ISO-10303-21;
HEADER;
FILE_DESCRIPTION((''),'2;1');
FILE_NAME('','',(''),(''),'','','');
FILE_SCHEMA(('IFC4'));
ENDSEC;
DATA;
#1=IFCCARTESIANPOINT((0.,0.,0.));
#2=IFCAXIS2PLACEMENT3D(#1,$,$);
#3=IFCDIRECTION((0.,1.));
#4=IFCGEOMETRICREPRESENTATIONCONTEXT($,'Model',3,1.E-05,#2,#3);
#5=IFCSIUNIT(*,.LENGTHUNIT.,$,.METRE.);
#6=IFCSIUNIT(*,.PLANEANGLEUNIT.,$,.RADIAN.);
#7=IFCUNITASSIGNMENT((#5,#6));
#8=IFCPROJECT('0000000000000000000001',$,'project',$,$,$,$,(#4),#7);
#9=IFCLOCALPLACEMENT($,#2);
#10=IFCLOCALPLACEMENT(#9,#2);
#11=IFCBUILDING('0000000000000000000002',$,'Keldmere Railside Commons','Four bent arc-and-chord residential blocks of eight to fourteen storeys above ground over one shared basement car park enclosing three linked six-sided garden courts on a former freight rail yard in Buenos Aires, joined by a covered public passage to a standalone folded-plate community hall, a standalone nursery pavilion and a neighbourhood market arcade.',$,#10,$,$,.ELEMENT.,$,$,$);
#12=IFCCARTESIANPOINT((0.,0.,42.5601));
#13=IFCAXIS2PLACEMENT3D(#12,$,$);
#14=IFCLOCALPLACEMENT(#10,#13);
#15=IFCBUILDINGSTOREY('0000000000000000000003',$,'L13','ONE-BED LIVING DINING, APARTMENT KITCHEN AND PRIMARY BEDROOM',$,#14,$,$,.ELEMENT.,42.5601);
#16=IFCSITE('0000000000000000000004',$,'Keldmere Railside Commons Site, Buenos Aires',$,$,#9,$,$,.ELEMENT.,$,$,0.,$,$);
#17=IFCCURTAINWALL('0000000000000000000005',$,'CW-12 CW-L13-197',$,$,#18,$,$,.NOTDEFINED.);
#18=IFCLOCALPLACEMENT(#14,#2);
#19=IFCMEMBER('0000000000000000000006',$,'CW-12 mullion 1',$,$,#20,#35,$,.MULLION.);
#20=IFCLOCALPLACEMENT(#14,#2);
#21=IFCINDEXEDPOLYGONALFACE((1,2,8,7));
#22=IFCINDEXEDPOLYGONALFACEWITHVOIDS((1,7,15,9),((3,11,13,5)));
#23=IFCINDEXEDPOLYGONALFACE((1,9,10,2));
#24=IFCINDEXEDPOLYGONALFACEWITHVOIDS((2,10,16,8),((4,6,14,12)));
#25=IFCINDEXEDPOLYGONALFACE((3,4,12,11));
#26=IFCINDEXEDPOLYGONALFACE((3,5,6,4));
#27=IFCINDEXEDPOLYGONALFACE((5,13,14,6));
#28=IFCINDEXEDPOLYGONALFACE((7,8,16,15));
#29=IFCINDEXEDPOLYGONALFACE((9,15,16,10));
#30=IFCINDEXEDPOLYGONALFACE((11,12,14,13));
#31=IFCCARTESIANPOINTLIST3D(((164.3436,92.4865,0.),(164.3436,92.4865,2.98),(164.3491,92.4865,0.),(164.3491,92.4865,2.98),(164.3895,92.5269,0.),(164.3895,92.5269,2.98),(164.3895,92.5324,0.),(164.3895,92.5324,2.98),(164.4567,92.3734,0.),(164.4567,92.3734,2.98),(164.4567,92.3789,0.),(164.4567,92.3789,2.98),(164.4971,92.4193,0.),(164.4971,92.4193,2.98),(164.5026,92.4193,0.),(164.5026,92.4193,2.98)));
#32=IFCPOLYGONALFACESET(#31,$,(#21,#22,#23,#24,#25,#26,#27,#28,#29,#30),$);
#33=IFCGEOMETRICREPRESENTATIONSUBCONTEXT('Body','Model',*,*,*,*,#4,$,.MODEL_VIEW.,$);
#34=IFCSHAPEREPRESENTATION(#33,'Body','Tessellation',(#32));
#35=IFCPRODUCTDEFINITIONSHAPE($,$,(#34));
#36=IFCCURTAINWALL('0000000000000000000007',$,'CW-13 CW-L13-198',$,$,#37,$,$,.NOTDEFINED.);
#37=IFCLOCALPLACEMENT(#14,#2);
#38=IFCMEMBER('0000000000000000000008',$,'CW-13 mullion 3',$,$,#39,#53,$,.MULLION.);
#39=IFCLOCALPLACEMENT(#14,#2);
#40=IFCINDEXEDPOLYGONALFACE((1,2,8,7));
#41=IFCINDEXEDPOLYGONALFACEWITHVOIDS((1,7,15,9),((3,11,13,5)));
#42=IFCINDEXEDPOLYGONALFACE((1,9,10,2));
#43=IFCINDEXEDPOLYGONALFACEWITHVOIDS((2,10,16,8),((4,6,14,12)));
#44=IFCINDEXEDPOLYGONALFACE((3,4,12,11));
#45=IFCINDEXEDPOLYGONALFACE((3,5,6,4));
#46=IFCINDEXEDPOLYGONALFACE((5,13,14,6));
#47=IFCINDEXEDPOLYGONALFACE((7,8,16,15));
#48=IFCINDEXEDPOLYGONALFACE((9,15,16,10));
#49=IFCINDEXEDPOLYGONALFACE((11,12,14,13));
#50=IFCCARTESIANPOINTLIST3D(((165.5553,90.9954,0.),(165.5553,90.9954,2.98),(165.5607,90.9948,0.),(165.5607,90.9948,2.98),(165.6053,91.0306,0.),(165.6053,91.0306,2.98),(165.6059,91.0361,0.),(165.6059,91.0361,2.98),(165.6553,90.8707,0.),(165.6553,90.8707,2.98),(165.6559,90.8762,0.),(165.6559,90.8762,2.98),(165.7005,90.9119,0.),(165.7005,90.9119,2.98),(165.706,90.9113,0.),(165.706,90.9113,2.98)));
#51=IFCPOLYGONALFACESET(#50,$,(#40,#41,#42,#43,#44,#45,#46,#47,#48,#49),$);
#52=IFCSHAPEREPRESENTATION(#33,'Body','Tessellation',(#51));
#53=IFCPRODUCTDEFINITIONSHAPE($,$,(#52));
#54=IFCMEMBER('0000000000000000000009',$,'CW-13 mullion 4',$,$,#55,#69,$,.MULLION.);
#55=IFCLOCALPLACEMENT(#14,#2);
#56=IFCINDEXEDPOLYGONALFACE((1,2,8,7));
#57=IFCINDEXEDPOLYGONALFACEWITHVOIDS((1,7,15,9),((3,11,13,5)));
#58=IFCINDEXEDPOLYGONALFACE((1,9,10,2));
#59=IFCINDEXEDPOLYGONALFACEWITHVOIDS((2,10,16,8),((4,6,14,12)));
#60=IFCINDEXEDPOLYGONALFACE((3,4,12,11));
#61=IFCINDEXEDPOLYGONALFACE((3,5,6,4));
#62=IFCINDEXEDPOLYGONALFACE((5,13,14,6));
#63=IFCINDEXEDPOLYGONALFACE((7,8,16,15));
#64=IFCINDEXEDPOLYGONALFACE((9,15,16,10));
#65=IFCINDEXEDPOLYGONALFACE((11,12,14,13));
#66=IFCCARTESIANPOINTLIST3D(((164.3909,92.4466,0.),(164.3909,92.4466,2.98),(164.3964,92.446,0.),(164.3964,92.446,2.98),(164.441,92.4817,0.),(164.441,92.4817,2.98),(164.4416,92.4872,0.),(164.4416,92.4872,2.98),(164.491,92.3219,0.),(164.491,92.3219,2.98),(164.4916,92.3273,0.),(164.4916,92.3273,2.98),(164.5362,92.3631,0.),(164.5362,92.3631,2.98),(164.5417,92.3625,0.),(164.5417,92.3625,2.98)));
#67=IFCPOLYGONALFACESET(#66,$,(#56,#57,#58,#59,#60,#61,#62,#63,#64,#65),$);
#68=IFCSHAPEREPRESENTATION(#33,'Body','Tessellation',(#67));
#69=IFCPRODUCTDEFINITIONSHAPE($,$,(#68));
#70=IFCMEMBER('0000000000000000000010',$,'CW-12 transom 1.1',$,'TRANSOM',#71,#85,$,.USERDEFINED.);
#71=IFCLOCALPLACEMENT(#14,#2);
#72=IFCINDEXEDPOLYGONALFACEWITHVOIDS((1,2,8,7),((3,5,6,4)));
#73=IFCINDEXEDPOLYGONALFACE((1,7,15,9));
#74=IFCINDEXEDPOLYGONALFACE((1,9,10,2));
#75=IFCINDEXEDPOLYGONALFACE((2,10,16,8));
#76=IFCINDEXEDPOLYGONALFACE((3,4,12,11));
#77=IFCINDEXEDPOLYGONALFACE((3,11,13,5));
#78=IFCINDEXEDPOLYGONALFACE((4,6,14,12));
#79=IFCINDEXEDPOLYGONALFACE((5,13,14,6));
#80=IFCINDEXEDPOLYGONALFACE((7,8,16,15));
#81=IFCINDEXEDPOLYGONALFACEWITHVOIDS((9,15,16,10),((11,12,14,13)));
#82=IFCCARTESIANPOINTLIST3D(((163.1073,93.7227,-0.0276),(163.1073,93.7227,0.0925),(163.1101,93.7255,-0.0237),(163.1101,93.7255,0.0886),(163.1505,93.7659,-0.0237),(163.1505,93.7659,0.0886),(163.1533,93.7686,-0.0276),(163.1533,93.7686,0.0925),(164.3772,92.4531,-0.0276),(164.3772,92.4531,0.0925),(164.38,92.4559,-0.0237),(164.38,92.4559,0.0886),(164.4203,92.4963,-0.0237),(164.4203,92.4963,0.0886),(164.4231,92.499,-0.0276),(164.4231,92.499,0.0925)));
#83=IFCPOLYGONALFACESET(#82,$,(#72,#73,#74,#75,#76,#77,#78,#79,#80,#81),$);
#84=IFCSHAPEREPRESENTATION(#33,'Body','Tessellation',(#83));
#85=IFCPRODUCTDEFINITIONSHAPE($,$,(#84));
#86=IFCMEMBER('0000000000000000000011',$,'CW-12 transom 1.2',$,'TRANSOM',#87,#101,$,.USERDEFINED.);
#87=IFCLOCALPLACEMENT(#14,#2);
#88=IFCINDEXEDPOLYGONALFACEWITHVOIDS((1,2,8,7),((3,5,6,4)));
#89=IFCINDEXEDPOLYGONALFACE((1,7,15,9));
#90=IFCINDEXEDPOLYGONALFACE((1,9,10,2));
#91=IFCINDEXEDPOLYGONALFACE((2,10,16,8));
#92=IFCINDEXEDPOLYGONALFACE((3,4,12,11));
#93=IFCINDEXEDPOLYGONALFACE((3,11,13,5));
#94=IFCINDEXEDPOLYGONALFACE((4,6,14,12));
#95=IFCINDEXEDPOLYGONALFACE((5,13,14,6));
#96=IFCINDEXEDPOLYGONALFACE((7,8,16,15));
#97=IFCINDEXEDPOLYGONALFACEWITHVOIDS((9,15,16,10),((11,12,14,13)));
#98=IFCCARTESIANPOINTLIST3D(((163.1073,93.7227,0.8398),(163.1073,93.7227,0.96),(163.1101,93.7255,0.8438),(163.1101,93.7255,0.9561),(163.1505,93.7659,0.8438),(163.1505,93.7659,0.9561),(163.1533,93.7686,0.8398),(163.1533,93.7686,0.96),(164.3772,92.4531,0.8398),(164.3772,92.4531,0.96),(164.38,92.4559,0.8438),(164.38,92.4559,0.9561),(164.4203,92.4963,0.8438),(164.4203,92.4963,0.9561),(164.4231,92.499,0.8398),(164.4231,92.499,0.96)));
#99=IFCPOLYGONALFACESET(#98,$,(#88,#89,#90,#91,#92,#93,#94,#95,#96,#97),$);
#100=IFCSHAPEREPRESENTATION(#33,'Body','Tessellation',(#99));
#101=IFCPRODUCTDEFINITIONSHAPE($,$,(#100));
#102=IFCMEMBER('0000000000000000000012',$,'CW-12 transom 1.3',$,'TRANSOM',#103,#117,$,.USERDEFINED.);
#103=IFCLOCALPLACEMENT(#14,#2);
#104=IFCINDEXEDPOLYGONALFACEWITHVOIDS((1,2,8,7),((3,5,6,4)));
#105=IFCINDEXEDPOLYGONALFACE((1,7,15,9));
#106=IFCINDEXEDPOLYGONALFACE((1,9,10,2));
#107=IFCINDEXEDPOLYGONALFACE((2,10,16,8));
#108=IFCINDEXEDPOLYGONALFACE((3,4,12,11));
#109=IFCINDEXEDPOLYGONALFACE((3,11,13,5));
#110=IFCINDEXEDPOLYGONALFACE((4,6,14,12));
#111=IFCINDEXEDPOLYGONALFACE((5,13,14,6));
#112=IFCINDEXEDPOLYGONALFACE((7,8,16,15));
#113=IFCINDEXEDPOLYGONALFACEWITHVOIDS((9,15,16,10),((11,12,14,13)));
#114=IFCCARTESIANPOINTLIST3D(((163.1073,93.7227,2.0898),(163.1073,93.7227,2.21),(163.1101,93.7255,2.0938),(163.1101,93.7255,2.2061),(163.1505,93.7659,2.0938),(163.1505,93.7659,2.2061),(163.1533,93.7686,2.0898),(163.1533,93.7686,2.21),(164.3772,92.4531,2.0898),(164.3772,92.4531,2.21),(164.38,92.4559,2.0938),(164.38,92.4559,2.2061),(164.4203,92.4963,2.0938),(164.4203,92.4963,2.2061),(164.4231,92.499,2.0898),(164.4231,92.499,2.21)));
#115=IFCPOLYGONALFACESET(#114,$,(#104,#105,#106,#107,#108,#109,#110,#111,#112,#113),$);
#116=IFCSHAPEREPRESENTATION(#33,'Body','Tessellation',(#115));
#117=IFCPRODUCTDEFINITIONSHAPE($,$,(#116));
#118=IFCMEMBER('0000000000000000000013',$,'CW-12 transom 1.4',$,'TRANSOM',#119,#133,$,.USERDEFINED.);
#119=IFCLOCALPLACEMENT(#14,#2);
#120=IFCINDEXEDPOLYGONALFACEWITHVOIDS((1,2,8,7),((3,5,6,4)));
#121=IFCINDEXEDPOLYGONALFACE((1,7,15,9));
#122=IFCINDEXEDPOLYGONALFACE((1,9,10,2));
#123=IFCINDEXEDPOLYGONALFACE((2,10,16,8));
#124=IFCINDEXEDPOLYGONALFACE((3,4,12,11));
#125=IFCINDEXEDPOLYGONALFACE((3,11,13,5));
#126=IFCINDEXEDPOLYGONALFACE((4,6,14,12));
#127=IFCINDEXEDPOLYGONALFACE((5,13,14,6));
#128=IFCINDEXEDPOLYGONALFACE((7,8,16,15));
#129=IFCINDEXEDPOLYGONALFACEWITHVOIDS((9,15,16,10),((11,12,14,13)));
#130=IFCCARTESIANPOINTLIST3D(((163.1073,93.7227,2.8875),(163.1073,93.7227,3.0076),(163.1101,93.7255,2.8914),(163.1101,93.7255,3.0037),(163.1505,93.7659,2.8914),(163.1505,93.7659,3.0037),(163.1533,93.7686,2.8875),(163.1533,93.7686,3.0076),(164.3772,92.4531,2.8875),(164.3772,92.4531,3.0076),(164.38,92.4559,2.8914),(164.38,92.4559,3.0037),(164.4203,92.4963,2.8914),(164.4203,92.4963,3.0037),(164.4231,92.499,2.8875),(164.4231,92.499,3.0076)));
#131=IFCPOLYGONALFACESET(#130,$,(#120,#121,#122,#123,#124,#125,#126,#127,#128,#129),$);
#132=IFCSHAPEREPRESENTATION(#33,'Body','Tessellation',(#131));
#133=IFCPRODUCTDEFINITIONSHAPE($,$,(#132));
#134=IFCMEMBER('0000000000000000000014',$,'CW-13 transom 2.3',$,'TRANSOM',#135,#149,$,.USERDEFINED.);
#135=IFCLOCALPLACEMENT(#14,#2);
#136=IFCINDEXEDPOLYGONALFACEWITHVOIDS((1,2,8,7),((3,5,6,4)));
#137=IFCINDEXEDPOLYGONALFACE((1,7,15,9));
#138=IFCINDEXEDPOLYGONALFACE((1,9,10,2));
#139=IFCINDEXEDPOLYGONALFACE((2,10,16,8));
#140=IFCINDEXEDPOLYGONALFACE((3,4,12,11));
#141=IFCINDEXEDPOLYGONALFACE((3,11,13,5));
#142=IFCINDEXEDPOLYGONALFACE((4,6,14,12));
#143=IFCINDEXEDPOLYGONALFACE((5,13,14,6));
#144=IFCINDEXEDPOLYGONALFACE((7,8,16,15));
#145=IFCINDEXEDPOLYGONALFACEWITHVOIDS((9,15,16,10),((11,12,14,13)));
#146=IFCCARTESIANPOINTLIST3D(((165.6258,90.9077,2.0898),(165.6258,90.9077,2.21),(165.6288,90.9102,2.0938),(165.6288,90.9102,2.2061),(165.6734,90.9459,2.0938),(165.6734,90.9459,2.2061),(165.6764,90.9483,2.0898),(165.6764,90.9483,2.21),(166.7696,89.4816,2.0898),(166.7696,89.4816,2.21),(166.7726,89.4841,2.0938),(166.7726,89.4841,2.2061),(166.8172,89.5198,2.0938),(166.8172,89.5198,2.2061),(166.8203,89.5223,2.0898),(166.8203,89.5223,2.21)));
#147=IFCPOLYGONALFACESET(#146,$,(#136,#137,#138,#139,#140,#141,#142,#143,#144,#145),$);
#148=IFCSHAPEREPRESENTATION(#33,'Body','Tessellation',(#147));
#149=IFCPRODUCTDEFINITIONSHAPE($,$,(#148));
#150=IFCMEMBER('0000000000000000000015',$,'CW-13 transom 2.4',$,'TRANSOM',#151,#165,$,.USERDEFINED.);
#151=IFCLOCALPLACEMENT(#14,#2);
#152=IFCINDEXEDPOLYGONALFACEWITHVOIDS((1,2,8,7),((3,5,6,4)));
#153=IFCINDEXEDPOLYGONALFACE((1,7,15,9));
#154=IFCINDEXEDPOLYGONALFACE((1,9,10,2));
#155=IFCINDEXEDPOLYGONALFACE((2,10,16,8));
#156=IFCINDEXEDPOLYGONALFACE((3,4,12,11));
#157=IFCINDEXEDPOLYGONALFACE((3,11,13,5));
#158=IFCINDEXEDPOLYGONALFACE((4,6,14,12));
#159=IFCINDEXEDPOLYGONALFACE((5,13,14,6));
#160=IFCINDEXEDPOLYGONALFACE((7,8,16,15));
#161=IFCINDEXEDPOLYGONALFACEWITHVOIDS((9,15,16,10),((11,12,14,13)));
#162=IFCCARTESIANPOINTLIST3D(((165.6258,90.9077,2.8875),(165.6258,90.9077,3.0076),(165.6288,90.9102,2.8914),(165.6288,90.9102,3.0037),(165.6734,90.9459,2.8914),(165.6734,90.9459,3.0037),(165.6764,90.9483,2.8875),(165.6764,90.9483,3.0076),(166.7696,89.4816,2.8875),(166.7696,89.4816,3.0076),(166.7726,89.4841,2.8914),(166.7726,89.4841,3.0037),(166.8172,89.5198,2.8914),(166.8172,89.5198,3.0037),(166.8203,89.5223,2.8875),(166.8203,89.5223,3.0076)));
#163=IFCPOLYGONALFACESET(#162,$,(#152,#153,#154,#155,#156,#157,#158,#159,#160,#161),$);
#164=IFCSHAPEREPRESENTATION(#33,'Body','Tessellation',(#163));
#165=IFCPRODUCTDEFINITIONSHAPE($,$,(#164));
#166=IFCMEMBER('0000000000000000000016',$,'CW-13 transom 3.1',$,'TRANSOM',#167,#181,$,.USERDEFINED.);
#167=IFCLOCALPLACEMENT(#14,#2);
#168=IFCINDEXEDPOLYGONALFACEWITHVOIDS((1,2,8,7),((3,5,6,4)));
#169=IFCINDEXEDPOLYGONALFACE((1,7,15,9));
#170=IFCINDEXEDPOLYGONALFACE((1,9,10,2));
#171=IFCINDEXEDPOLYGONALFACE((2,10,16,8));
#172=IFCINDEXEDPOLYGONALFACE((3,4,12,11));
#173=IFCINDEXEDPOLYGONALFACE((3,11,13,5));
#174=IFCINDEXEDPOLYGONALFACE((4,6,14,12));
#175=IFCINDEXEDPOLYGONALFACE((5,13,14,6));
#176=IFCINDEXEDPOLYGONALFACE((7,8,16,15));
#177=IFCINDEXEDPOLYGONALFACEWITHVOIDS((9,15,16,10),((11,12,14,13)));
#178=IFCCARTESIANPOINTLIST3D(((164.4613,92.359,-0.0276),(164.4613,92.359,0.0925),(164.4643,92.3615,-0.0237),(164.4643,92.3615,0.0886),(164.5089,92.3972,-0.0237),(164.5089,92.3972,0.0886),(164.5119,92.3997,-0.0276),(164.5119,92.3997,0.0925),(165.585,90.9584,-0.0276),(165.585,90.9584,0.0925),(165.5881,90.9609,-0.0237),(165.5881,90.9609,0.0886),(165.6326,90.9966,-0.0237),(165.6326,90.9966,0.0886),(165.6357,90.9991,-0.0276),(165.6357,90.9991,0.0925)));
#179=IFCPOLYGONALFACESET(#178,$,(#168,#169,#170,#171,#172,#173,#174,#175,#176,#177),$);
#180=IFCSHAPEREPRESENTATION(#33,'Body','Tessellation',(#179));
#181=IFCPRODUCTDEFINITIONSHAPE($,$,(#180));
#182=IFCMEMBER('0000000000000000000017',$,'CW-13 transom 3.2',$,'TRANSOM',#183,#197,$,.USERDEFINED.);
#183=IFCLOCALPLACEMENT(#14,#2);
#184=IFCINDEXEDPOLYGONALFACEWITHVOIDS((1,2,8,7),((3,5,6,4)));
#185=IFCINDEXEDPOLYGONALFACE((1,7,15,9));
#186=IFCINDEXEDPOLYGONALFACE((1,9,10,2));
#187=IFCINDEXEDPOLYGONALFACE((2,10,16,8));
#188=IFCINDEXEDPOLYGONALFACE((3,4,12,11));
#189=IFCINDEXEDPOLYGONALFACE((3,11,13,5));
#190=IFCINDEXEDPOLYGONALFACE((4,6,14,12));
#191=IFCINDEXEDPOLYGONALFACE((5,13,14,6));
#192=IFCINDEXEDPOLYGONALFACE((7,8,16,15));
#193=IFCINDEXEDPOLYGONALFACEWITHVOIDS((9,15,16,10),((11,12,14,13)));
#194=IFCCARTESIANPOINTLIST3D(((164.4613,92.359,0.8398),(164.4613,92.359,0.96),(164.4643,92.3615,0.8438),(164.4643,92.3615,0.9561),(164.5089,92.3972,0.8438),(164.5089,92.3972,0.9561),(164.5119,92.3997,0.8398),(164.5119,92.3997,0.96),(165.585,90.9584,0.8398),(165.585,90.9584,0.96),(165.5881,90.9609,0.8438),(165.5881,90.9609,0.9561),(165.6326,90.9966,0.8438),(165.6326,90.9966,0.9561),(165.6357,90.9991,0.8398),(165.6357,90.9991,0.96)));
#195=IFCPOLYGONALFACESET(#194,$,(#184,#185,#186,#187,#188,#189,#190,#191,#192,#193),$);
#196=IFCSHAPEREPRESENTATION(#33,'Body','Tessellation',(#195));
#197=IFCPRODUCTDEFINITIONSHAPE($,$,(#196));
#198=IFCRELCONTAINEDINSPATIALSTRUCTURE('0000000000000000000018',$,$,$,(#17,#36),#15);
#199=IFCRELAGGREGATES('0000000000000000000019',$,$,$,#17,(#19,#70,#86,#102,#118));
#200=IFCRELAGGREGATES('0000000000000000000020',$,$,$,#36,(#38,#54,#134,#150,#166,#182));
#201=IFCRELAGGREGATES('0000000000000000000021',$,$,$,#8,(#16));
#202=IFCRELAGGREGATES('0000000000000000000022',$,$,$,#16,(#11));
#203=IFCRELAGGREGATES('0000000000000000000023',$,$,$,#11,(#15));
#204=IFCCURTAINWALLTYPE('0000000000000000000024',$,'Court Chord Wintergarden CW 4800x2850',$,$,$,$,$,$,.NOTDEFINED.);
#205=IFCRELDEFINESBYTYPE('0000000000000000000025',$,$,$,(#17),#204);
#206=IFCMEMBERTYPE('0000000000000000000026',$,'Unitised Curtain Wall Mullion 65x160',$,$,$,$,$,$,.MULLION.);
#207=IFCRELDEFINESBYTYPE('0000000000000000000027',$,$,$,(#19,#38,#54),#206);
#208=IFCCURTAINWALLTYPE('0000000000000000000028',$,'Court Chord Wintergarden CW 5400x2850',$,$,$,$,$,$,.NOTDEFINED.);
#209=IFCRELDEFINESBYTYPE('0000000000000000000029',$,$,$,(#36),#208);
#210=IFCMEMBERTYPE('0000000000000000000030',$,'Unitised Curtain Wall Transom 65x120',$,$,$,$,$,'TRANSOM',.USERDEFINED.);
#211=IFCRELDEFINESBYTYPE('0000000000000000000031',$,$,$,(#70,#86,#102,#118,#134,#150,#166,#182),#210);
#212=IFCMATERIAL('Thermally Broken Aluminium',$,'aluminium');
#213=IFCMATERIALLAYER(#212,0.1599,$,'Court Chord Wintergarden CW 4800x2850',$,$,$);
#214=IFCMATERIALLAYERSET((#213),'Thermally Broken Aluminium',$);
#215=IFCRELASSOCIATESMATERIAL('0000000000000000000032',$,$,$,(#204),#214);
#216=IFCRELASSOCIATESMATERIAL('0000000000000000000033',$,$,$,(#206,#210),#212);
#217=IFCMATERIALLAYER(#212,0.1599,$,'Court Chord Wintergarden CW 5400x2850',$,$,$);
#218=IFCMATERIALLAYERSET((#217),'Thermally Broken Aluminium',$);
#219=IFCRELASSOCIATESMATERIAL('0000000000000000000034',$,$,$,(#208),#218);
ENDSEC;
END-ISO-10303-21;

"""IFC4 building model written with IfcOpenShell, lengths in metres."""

from ifc_helpers import new_model, si_unit, direction, frame, origin, origin_2d, place, context, subcontext, project, spatial, hollow_rectangle, extrude, material, layer, layer_set, material_profile, profile_set, type_object, element, aggregate, save


model = new_model("IFC4")

# Units and contexts
model_context = context("Model", 3, precision=1e-05, world=origin(), true_north=direction((0.0, 1.0)))
body_context = subcontext(model_context, "Body", "Model", "MODEL_VIEW")
ifc_project = project(units=[si_unit("LENGTHUNIT", "METRE"), si_unit("PLANEANGLEUNIT", "RADIAN")], contexts=[model_context])

# Site, building, storey
site_placement = place(None, origin())
site = spatial("IfcSite", under=ifc_project, at=site_placement, Name="Keldmere Railside Commons Site, Buenos Aires", CompositionType="ELEMENT", RefElevation=0.0)
building_placement = place(site_placement, origin())
building = spatial("IfcBuilding", under=site, at=building_placement, Name="Keldmere Railside Commons", Description="Four bent arc-and-chord residential blocks of eight to fourteen storeys above ground over one shared basement car park enclosing three linked six-sided garden courts on a former freight rail yard in Buenos Aires, joined by a covered public passage to a standalone folded-plate community hall, a standalone nursery pavilion and a neighbourhood market arcade.", CompositionType="ELEMENT")
storey_placement = place(building_placement, frame((0.0, 0.0, 42.5601)))
storey = spatial("IfcBuildingStorey", under=building, at=storey_placement, Name="L13", Description="ONE-BED LIVING DINING, APARTMENT KITCHEN AND PRIMARY BEDROOM", CompositionType="ELEMENT", Elevation=42.5601)

# Curtain wall, member
ifc_material_1 = material(Name="Thermally Broken Aluminium", Category="aluminium")
ifc_layer_1 = layer(ifc_material_1, 0.1599, Name="Court Chord Wintergarden CW 4800x2850")
ifc_layer_set_1 = layer_set([ifc_layer_1], Name="Thermally Broken Aluminium")
curtain_wall_type_1 = type_object("IfcCurtainWallType", Name="Court Chord Wintergarden CW 4800x2850", PredefinedType="NOTDEFINED", material=ifc_layer_set_1)
curtain_wall_1_placement = place(storey_placement, origin())
curtain_wall_1 = element("IfcCurtainWall", 1, at=curtain_wall_1_placement, inside=storey, type_object=curtain_wall_type_1, Name="CW-12 CW-L13-197", PredefinedType="NOTDEFINED")
ifc_material_profile_1 = material_profile(ifc_material_1, hollow_rectangle(XDim=0.0649, YDim=0.1599, WallThickness=0.0039, at=origin_2d()), Name="ALU-MULL-65x160")
ifc_profile_set_1 = profile_set([ifc_material_profile_1], Name="Thermally Broken Aluminium")
member_type_1 = type_object("IfcMemberType", Name="Unitised Curtain Wall Mullion 65x160", PredefinedType="MULLION", material=ifc_profile_set_1)
member_1_placement = place(storey_placement, frame((164.4231, 92.4529, 0.0), z_axis=(0.0, 0.0, 1.0), x_axis=(-0.707107, -0.707107, 0.0)))
member_1 = element("IfcMember", 2, at=member_1_placement, type_object=member_type_1, Name="CW-12 mullion 1", PredefinedType="MULLION", context=body_context, shape_type="SweptSolid", body=[
    extrude(hollow_rectangle(XDim=0.0649, YDim=0.1599, WallThickness=0.0039, at=origin_2d()), origin(), (0.0, 0.0, 1.0), 2.98),
])

# Curtain wall, members
ifc_layer_2 = layer(ifc_material_1, 0.1599, Name="Court Chord Wintergarden CW 5400x2850")
ifc_layer_set_2 = layer_set([ifc_layer_2], Name="Thermally Broken Aluminium")
curtain_wall_type_2 = type_object("IfcCurtainWallType", Name="Court Chord Wintergarden CW 5400x2850", PredefinedType="NOTDEFINED", material=ifc_layer_set_2)
curtain_wall_2_placement = place(storey_placement, origin())
curtain_wall_2 = element("IfcCurtainWall", 3, at=curtain_wall_2_placement, inside=storey, type_object=curtain_wall_type_2, Name="CW-13 CW-L13-198", PredefinedType="NOTDEFINED")
member_2_placement = place(storey_placement, frame((165.6306, 90.9534, 0.0), z_axis=(0.0, 0.0, 1.0), x_axis=(-0.780009, -0.625768, 0.0)))
member_2 = element("IfcMember", 4, at=member_2_placement, type_object=member_type_1, Name="CW-13 mullion 3", PredefinedType="MULLION", context=body_context, shape_type="SweptSolid", body=[
    extrude(hollow_rectangle(XDim=0.0649, YDim=0.1599, WallThickness=0.0039, at=origin_2d()), origin(), (0.0, 0.0, 1.0), 2.98),
])
member_3_placement = place(storey_placement, frame((164.4663, 92.4045, 0.0), z_axis=(0.0, 0.0, 1.0), x_axis=(-0.780009, -0.625768, 0.0)))
member_3 = element("IfcMember", 5, at=member_3_placement, type_object=member_type_1, Name="CW-13 mullion 4", PredefinedType="MULLION", context=body_context, shape_type="SweptSolid", body=[
    extrude(hollow_rectangle(XDim=0.0649, YDim=0.1599, WallThickness=0.0039, at=origin_2d()), origin(), (0.0, 0.0, 1.0), 2.98),
])

# Members
ifc_material_profile_2 = material_profile(ifc_material_1, hollow_rectangle(XDim=0.0649, YDim=0.1201, WallThickness=0.0039, at=origin_2d()), Name="ALU-TRAN-65x120")
ifc_profile_set_2 = profile_set([ifc_material_profile_2], Name="Thermally Broken Aluminium")
member_type_2 = type_object("IfcMemberType", Name="Unitised Curtain Wall Transom 65x120", ElementType="TRANSOM", PredefinedType="USERDEFINED", material=ifc_profile_set_2)
member_4_placement = place(storey_placement, frame((164.4001, 92.4761, 0.0325), z_axis=(-0.707175, 0.707039, 0.0), x_axis=(-0.707039, -0.707175, 0.0)))
member_4 = element("IfcMember", 6, at=member_4_placement, type_object=member_type_2, Name="CW-12 transom 1.1", ObjectType="TRANSOM", PredefinedType="USERDEFINED", context=body_context, shape_type="SweptSolid", body=[
    extrude(hollow_rectangle(XDim=0.0649, YDim=0.1201, WallThickness=0.0039, at=origin_2d()), origin(), (0.0, 0.0, 1.0), 1.7957),
])
member_5_placement = place(storey_placement, frame((164.4001, 92.4761, 0.8999), z_axis=(-0.707175, 0.707039, 0.0), x_axis=(-0.707039, -0.707175, 0.0)))
member_5 = element("IfcMember", 7, at=member_5_placement, type_object=member_type_2, Name="CW-12 transom 1.2", ObjectType="TRANSOM", PredefinedType="USERDEFINED", context=body_context, shape_type="SweptSolid", body=[
    extrude(hollow_rectangle(XDim=0.0649, YDim=0.1201, WallThickness=0.0039, at=origin_2d()), origin(), (0.0, 0.0, 1.0), 1.7957),
])
member_6_placement = place(storey_placement, frame((164.4001, 92.4761, 2.1499), z_axis=(-0.707175, 0.707039, 0.0), x_axis=(-0.707039, -0.707175, 0.0)))
member_6 = element("IfcMember", 8, at=member_6_placement, type_object=member_type_2, Name="CW-12 transom 1.3", ObjectType="TRANSOM", PredefinedType="USERDEFINED", context=body_context, shape_type="SweptSolid", body=[
    extrude(hollow_rectangle(XDim=0.0649, YDim=0.1201, WallThickness=0.0039, at=origin_2d()), origin(), (0.0, 0.0, 1.0), 1.7957),
])
member_7_placement = place(storey_placement, frame((164.4001, 92.4761, 2.9475), z_axis=(-0.707175, 0.707039, 0.0), x_axis=(-0.707039, -0.707175, 0.0)))
member_7 = element("IfcMember", 9, at=member_7_placement, type_object=member_type_2, Name="CW-12 transom 1.4", ObjectType="TRANSOM", PredefinedType="USERDEFINED", context=body_context, shape_type="SweptSolid", body=[
    extrude(hollow_rectangle(XDim=0.0649, YDim=0.1201, WallThickness=0.0039, at=origin_2d()), origin(), (0.0, 0.0, 1.0), 1.7957),
])
aggregate(curtain_wall_1, [member_1, member_4, member_5, member_6, member_7])
member_8_placement = place(storey_placement, frame((166.7949, 89.502, 2.1499), z_axis=(-0.625688, 0.780073, 0.0), x_axis=(-0.780073, -0.625688, 0.0)))
member_8 = element("IfcMember", 10, at=member_8_placement, type_object=member_type_2, Name="CW-13 transom 2.3", ObjectType="TRANSOM", PredefinedType="USERDEFINED", context=body_context, shape_type="SweptSolid", body=[
    extrude(hollow_rectangle(XDim=0.0649, YDim=0.1201, WallThickness=0.0039, at=origin_2d()), origin(), (0.0, 0.0, 1.0), 1.8281),
])
member_9_placement = place(storey_placement, frame((166.7949, 89.502, 2.9475), z_axis=(-0.625688, 0.780073, 0.0), x_axis=(-0.780073, -0.625688, 0.0)))
member_9 = element("IfcMember", 11, at=member_9_placement, type_object=member_type_2, Name="CW-13 transom 2.4", ObjectType="TRANSOM", PredefinedType="USERDEFINED", context=body_context, shape_type="SweptSolid", body=[
    extrude(hollow_rectangle(XDim=0.0649, YDim=0.1201, WallThickness=0.0039, at=origin_2d()), origin(), (0.0, 0.0, 1.0), 1.8281),
])
member_10_placement = place(storey_placement, frame((165.6104, 90.9788, 0.0325), z_axis=(-0.625805, 0.779979, 0.0), x_axis=(-0.779979, -0.625805, 0.0)))
member_10 = element("IfcMember", 12, at=member_10_placement, type_object=member_type_2, Name="CW-13 transom 3.1", ObjectType="TRANSOM", PredefinedType="USERDEFINED", context=body_context, shape_type="SweptSolid", body=[
    extrude(hollow_rectangle(XDim=0.0649, YDim=0.1201, WallThickness=0.0039, at=origin_2d()), origin(), (0.0, 0.0, 1.0), 1.7957),
])
member_11_placement = place(storey_placement, frame((165.6104, 90.9788, 0.8999), z_axis=(-0.625805, 0.779979, 0.0), x_axis=(-0.779979, -0.625805, 0.0)))
member_11 = element("IfcMember", 13, at=member_11_placement, type_object=member_type_2, Name="CW-13 transom 3.2", ObjectType="TRANSOM", PredefinedType="USERDEFINED", context=body_context, shape_type="SweptSolid", body=[
    extrude(hollow_rectangle(XDim=0.0649, YDim=0.1201, WallThickness=0.0039, at=origin_2d()), origin(), (0.0, 0.0, 1.0), 1.7957),
])

aggregate(curtain_wall_2, [member_2, member_3, member_8, member_9, member_10, member_11])

save(model, "model.ifc")
